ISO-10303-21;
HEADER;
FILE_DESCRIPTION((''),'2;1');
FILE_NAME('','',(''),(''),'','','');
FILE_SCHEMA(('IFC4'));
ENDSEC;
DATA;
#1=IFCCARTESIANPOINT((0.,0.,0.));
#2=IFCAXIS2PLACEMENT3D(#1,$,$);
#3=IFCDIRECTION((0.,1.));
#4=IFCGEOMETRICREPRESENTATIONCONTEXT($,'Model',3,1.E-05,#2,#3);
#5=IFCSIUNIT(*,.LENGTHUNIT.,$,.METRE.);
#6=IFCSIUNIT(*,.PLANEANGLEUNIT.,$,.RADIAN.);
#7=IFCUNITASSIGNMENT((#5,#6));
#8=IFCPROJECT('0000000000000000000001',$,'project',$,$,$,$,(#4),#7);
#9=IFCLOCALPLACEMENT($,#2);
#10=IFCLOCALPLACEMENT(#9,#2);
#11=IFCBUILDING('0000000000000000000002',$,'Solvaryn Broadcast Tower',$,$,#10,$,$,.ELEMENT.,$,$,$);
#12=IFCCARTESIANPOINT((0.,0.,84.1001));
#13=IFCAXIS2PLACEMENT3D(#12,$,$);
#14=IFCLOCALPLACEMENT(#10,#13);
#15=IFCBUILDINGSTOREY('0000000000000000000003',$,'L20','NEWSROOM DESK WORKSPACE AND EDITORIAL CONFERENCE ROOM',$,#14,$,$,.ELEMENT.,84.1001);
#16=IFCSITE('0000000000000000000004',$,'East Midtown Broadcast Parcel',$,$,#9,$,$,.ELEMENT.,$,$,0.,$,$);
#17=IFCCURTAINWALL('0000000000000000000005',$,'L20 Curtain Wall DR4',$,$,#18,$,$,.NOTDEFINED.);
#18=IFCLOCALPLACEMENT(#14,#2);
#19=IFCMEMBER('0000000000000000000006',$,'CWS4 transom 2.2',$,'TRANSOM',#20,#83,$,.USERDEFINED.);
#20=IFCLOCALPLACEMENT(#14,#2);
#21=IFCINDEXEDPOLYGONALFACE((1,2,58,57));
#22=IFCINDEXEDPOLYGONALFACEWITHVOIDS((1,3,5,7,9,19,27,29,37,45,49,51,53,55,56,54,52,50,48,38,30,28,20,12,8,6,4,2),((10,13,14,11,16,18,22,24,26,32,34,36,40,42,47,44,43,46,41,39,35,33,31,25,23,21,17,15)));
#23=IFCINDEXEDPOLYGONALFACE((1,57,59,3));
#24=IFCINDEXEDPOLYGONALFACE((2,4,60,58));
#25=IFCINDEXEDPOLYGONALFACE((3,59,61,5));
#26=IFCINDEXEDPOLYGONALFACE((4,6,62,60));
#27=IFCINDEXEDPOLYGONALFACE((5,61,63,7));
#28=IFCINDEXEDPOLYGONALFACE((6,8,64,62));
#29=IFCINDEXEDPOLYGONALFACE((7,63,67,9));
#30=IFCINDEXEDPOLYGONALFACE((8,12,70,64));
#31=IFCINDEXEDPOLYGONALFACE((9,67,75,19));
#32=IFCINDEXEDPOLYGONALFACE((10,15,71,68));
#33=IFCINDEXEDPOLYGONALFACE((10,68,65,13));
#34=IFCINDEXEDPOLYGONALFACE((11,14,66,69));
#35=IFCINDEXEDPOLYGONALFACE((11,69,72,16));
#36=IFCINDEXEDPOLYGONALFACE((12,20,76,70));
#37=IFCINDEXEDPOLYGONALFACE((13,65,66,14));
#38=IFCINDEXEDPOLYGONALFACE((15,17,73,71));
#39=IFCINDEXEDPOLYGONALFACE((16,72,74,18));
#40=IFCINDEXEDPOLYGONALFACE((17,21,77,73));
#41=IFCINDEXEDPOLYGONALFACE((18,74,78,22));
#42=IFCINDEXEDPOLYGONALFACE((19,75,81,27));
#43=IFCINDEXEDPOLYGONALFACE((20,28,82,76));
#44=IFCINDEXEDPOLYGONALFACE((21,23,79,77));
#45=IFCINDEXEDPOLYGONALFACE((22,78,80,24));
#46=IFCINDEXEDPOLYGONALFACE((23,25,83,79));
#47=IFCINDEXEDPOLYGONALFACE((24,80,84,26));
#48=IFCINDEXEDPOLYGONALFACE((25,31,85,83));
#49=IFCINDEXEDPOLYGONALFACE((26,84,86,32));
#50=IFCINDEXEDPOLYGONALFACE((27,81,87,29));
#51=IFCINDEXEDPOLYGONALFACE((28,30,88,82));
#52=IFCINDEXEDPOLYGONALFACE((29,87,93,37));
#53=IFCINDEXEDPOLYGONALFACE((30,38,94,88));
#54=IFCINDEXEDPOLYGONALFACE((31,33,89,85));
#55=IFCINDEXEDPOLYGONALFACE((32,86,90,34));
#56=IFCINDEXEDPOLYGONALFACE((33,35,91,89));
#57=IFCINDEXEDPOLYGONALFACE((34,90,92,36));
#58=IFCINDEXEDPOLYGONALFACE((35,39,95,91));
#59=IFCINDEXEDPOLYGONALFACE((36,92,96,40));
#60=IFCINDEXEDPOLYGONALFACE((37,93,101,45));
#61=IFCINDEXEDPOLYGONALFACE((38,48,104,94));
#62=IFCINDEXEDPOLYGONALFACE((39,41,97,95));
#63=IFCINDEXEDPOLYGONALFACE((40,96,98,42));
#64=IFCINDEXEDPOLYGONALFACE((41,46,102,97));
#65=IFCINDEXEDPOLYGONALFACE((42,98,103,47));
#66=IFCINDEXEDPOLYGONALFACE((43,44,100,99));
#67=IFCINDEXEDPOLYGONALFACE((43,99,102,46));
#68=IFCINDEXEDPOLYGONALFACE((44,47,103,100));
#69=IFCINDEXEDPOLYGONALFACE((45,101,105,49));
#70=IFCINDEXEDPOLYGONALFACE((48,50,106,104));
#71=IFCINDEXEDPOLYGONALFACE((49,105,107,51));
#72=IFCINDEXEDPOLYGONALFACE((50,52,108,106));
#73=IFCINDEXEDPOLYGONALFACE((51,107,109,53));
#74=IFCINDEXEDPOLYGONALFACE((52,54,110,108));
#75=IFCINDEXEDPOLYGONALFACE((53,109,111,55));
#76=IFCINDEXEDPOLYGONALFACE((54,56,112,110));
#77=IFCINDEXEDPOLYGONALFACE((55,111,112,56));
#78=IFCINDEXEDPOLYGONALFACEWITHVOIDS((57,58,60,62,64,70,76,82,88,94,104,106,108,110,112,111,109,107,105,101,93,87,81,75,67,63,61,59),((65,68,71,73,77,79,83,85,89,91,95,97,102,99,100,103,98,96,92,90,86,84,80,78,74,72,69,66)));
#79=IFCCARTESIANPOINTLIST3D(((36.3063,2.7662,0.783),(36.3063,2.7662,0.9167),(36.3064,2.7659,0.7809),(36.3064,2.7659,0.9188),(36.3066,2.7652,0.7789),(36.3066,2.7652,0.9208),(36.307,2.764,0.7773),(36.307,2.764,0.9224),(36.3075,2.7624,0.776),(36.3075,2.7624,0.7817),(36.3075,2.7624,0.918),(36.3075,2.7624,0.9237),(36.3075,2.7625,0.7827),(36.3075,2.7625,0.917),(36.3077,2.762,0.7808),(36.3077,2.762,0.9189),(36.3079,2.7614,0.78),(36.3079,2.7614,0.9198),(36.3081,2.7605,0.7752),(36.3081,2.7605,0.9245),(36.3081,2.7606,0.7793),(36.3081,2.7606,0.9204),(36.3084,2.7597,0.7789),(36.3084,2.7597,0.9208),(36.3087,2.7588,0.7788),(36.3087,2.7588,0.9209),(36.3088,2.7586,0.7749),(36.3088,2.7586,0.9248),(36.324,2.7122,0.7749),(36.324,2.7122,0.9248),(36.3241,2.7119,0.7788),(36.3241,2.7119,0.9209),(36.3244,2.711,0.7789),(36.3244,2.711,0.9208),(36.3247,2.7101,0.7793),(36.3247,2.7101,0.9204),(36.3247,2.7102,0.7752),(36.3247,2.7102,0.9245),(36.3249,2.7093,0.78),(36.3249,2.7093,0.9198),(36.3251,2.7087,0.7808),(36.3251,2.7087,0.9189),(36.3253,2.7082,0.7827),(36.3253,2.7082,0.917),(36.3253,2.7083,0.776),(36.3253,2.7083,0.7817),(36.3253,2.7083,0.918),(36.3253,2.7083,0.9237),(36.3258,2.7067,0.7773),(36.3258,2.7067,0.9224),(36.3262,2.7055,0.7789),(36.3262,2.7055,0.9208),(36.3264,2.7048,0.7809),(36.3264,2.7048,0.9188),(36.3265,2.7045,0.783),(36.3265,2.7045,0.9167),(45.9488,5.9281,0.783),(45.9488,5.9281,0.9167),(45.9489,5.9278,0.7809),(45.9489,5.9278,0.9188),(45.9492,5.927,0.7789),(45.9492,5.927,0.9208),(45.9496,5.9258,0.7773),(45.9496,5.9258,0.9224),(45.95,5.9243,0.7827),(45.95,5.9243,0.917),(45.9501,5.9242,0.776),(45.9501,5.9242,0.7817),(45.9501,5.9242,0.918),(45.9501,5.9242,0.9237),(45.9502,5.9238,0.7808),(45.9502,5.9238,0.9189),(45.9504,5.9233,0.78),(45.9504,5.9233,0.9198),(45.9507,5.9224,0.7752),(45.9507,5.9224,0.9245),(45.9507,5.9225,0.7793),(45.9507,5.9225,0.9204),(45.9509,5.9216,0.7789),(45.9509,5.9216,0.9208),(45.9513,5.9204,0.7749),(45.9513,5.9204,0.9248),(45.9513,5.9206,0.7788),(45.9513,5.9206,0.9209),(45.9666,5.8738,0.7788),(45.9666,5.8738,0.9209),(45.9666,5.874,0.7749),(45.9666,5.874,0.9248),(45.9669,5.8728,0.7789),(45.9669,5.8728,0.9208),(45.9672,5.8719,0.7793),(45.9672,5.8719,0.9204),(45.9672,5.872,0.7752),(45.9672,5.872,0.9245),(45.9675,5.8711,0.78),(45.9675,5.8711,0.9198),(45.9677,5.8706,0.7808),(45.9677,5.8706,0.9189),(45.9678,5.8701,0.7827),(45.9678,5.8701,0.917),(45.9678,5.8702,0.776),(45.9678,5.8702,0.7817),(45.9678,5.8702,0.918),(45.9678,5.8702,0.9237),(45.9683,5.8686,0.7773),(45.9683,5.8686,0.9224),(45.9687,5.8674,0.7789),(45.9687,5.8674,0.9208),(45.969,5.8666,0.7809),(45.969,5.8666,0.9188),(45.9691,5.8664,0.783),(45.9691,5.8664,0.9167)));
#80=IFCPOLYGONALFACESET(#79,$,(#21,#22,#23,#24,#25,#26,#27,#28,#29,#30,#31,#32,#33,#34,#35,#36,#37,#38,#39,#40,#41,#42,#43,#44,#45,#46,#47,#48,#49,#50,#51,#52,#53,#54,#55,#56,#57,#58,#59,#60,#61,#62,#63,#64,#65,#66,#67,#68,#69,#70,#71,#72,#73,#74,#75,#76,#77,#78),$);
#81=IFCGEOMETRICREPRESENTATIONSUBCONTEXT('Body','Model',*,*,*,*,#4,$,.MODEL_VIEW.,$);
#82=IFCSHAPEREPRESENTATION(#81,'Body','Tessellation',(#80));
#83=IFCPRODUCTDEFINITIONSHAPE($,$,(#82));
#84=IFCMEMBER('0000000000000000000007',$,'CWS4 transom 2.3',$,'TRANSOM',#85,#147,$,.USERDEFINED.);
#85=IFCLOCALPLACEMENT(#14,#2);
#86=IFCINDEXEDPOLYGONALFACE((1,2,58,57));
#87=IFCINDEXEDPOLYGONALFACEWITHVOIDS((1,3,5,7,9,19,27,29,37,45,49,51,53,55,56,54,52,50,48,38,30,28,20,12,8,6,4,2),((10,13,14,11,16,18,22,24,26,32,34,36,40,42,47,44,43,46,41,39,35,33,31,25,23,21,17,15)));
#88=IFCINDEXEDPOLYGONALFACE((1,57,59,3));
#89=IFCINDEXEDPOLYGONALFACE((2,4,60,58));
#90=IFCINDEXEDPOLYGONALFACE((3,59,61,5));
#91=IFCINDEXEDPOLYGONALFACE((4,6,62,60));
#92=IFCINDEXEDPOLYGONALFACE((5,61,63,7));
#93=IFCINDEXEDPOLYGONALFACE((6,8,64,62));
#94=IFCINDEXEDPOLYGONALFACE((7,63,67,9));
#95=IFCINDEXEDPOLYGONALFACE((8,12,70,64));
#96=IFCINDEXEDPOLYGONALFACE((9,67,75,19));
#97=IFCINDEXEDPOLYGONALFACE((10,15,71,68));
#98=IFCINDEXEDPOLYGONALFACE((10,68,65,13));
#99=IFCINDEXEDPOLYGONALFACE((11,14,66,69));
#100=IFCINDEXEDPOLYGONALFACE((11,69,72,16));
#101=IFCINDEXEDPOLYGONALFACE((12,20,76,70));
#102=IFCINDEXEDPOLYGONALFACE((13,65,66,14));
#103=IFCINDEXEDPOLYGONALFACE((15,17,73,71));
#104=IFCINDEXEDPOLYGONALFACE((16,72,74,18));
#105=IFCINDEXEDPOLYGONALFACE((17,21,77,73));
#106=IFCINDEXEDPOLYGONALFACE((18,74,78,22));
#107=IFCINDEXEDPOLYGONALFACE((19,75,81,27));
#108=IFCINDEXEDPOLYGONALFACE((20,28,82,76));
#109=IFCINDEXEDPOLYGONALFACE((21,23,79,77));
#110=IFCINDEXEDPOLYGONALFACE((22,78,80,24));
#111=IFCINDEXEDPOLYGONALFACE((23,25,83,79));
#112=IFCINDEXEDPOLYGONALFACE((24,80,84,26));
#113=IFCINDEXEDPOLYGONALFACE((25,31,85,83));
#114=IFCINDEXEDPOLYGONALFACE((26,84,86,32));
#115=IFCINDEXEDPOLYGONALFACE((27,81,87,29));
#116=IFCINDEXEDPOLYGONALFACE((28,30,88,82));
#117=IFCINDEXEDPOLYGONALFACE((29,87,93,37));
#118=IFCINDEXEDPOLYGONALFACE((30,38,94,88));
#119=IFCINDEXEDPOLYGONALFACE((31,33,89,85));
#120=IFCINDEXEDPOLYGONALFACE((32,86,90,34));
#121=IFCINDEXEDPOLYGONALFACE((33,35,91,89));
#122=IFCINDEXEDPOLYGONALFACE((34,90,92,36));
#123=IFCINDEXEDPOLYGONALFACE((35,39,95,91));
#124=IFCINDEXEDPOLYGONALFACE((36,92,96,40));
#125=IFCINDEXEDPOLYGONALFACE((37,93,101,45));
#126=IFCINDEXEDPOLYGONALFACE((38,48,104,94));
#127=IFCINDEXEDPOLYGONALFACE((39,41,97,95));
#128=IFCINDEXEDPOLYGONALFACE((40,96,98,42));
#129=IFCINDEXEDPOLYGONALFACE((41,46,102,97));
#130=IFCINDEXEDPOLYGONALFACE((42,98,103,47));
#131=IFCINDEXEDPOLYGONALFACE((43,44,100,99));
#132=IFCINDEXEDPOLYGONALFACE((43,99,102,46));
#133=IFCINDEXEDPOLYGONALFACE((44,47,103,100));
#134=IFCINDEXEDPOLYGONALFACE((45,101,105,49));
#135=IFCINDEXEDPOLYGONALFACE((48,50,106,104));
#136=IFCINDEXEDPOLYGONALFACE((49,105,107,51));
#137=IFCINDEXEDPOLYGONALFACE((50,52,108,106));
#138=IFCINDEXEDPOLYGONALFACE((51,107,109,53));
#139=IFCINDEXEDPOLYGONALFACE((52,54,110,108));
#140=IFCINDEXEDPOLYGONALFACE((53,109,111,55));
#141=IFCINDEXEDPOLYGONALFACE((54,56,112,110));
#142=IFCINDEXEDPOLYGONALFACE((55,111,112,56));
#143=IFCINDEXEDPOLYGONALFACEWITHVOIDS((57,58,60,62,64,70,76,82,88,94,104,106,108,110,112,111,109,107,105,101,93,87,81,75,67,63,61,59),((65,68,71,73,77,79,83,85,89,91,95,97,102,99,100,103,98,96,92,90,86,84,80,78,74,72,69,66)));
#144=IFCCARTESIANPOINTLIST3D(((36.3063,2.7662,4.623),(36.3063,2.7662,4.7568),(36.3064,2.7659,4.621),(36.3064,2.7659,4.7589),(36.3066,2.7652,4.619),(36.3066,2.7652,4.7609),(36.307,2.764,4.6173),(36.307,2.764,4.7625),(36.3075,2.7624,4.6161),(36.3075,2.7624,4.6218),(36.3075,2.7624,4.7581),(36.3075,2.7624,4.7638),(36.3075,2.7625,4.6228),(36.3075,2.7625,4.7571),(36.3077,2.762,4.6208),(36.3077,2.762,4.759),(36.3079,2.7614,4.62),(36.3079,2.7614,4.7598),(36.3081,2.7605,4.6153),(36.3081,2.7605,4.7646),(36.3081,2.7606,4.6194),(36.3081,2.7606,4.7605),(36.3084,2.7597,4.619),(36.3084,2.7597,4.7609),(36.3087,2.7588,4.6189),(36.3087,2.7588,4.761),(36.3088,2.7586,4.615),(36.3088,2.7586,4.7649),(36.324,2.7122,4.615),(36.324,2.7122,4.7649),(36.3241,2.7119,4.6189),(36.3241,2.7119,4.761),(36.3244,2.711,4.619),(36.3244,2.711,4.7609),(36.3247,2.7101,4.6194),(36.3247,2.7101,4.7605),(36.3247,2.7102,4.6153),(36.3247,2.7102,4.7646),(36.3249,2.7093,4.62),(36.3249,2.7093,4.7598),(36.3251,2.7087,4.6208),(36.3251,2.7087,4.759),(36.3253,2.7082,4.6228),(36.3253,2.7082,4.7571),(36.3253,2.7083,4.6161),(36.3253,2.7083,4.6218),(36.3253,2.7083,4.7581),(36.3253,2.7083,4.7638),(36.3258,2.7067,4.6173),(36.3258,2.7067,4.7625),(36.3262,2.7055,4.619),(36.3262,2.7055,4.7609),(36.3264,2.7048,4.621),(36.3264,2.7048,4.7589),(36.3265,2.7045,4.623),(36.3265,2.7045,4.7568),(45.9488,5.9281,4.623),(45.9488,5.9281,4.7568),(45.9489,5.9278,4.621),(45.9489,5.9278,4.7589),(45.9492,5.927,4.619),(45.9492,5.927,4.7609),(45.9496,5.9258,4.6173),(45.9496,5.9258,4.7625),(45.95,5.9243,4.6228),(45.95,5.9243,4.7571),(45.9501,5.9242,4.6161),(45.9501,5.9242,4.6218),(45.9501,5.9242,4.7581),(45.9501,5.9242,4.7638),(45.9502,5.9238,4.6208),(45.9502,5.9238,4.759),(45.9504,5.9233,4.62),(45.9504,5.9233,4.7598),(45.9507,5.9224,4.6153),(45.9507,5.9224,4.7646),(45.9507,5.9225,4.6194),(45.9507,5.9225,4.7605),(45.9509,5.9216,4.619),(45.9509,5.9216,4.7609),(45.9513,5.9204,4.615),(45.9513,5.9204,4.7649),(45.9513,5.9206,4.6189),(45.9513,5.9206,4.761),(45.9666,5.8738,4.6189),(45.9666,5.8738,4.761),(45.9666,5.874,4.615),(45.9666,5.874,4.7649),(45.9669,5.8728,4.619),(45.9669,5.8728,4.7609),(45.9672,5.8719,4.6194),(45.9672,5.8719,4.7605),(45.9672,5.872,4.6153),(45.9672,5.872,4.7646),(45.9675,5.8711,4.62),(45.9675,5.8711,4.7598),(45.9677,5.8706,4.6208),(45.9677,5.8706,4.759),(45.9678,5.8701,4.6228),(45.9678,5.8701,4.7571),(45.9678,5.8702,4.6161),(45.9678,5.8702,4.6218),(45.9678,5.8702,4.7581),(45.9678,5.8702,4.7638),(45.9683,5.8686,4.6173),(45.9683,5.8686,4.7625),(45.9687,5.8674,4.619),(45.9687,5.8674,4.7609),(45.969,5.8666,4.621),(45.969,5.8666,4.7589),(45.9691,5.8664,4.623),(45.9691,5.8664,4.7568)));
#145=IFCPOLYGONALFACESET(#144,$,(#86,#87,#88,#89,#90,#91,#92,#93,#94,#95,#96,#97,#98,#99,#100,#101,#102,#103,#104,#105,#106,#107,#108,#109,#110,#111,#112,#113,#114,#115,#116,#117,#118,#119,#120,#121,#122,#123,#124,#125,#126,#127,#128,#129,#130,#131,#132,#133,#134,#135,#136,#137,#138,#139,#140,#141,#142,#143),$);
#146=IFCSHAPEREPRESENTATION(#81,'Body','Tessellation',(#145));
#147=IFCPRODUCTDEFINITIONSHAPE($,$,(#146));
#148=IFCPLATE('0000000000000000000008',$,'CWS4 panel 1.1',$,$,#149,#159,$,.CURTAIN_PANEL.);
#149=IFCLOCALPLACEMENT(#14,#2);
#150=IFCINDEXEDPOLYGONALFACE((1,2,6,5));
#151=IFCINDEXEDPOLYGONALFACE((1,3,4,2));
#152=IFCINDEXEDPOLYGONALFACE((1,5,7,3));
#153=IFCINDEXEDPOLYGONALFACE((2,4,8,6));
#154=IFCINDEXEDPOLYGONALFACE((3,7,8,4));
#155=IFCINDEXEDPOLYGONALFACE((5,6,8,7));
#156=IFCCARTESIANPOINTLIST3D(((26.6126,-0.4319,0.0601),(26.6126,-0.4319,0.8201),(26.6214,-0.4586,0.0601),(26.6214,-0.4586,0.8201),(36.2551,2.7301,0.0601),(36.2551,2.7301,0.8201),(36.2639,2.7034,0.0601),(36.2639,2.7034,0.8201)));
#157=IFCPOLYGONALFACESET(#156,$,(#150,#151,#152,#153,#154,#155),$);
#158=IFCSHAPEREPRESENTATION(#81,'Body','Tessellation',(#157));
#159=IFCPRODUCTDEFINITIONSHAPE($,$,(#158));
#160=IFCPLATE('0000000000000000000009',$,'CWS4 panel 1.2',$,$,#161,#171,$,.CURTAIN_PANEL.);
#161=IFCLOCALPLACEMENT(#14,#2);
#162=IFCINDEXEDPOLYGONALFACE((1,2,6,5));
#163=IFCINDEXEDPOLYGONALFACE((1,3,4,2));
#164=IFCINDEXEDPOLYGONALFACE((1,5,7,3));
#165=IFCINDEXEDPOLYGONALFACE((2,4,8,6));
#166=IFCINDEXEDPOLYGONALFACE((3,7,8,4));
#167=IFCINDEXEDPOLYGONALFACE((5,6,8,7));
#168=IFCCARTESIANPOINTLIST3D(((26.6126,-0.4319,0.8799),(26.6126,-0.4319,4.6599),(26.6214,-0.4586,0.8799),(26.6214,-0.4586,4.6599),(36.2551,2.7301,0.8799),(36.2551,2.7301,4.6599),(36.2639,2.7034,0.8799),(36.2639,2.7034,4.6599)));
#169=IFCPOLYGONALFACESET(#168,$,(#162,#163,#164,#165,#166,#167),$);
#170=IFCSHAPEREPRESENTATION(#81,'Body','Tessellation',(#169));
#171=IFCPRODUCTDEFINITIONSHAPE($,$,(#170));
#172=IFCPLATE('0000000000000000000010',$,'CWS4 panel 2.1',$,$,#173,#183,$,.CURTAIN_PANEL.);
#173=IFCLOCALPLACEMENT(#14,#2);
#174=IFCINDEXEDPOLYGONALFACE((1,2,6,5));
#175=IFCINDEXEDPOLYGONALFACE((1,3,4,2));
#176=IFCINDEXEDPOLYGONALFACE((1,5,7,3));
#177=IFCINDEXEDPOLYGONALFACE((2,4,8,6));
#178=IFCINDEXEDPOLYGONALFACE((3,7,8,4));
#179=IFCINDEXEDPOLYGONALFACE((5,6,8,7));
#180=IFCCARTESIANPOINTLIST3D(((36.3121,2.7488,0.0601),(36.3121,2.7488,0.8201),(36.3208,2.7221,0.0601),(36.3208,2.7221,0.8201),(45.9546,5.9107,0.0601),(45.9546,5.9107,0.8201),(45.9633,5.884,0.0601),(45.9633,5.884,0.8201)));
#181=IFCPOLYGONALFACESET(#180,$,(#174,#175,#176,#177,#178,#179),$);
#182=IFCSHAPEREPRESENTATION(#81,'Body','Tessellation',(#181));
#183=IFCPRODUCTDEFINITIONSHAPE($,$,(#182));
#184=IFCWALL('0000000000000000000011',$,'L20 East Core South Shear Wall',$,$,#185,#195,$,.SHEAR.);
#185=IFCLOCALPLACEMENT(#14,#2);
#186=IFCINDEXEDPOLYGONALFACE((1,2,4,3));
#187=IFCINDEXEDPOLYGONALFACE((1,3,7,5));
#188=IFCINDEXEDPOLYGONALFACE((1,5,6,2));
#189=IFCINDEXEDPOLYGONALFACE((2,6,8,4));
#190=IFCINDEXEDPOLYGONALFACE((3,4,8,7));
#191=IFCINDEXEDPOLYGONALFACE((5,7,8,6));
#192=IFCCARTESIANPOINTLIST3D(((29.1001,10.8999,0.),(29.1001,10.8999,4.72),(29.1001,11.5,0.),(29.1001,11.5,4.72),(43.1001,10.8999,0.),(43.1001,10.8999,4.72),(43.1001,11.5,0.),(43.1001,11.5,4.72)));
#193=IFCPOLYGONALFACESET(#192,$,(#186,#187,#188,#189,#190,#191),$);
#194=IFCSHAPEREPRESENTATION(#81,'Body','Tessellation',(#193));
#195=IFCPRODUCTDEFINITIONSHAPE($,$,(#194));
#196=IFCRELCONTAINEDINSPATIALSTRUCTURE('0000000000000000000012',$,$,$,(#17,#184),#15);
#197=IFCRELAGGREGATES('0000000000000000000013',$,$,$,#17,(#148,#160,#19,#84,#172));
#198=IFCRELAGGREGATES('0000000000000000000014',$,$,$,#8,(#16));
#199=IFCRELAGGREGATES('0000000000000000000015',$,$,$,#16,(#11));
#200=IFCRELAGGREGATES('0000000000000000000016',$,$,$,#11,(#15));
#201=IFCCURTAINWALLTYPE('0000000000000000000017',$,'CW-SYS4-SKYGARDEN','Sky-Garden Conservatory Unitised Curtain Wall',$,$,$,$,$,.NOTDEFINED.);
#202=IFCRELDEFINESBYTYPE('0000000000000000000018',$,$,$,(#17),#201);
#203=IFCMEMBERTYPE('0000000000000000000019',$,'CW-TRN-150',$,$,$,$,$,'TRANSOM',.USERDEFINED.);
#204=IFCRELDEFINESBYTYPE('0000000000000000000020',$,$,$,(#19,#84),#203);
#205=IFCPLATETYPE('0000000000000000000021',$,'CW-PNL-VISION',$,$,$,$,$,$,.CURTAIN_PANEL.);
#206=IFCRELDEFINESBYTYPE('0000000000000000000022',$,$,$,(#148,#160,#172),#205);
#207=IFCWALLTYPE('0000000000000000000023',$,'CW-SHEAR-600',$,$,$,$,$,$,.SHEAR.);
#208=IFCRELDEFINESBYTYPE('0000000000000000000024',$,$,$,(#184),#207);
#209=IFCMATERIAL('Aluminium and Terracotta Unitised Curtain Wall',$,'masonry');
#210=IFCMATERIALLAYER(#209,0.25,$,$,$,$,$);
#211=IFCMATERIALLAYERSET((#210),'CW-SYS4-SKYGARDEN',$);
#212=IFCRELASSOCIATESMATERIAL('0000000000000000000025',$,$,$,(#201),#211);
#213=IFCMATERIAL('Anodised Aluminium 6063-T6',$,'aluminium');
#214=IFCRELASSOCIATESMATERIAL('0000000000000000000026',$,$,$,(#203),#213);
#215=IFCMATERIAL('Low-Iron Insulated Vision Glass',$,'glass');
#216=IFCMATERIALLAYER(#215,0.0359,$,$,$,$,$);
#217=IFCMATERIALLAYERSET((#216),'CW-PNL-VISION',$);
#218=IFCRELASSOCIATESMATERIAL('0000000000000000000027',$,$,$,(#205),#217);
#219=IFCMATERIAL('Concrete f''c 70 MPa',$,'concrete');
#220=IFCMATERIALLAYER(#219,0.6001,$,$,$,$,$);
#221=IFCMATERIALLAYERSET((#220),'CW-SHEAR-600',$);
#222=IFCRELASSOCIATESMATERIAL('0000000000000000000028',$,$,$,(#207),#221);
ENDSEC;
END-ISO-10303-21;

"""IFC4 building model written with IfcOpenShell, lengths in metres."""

from ifc_helpers import new_model, si_unit, direction, frame, frame_2d, origin, origin_2d, place, context, subcontext, project, spatial, rectangle, hollow_rectangle, extrude, material, layer, layer_set, material_profile, profile_set, type_object, element, aggregate, save


model = new_model("IFC4")

# Units and contexts
model_context = context("Model", 3, precision=1e-05, world=origin(), true_north=direction((0.0, 1.0)))
body_context = subcontext(model_context, "Body", "Model", "MODEL_VIEW")
ifc_project = project(units=[si_unit("LENGTHUNIT", "METRE"), si_unit("PLANEANGLEUNIT", "RADIAN")], contexts=[model_context])

# Site, building, storey
site_placement = place(None, origin())
site = spatial("IfcSite", under=ifc_project, at=site_placement, Name="East Midtown Broadcast Parcel", CompositionType="ELEMENT", RefElevation=0.0)
building_placement = place(site_placement, origin())
building = spatial("IfcBuilding", under=site, at=building_placement, Name="Solvaryn Broadcast Tower", CompositionType="ELEMENT")
storey_placement = place(building_placement, frame((0.0, 0.0, 84.1001)))
storey = spatial("IfcBuildingStorey", under=building, at=storey_placement, Name="L20", Description="NEWSROOM DESK WORKSPACE AND EDITORIAL CONFERENCE ROOM", CompositionType="ELEMENT", Elevation=84.1001)

# Curtain wall, members, plates
ifc_material_1 = material(Name="Aluminium and Terracotta Unitised Curtain Wall", Category="masonry")
ifc_layer_1 = layer(ifc_material_1, 0.25)
ifc_layer_set_1 = layer_set([ifc_layer_1], Name="CW-SYS4-SKYGARDEN")
curtain_wall_type = type_object("IfcCurtainWallType", Name="CW-SYS4-SKYGARDEN", Description="Sky-Garden Conservatory Unitised Curtain Wall", PredefinedType="NOTDEFINED", material=ifc_layer_set_1)
curtain_wall_placement = place(storey_placement, origin())
curtain_wall = element("IfcCurtainWall", 1, at=curtain_wall_placement, inside=storey, type_object=curtain_wall_type, Name="L20 Curtain Wall DR4", PredefinedType="NOTDEFINED")
ifc_material_2 = material(Name="Anodised Aluminium 6063-T6", Category="aluminium")
ifc_material_profile_1 = material_profile(ifc_material_2, hollow_rectangle(XDim=0.0649, YDim=0.1499, WallThickness=0.0039, InnerFilletRadius=0.0039, OuterFilletRadius=0.0081, at=origin_2d()))
ifc_profile_set_1 = profile_set([ifc_material_profile_1], Name="Anodised Aluminium 6063-T6")
member_type_1 = type_object("IfcMemberType", Name="CW-TRN-150", ElementType="TRANSOM", PredefinedType="USERDEFINED", material=ifc_profile_set_1)
member_1_placement = place(storey_placement, frame((36.3164, 2.7354, 0.8499), z_axis=(0.950219, 0.311583, 0.0), x_axis=(-0.311583, 0.950219, 0.0)))
member_1 = element("IfcMember", 2, at=member_1_placement, type_object=member_type_1, Name="CWS4 transom 2.2", ObjectType="TRANSOM", PredefinedType="USERDEFINED", context=body_context, shape_type="SweptSolid", body=[
    extrude(hollow_rectangle(XDim=0.0649, YDim=0.1499, WallThickness=0.0039, InnerFilletRadius=0.0039, OuterFilletRadius=0.0081, at=origin_2d()), origin(), (0.0, 0.0, 1.0), 10.1477),
])
member_2_placement = place(storey_placement, frame((36.3164, 2.7354, 4.6899), z_axis=(0.950219, 0.311583, 0.0), x_axis=(-0.311583, 0.950219, 0.0)))
member_2 = element("IfcMember", 3, at=member_2_placement, type_object=member_type_1, Name="CWS4 transom 2.3", ObjectType="TRANSOM", PredefinedType="USERDEFINED", context=body_context, shape_type="SweptSolid", body=[
    extrude(hollow_rectangle(XDim=0.0649, YDim=0.1499, WallThickness=0.0039, InnerFilletRadius=0.0039, OuterFilletRadius=0.0081, at=origin_2d()), origin(), (0.0, 0.0, 1.0), 10.1477),
])
ifc_material_3 = material(Name="Low-Iron Insulated Vision Glass", Category="glass")
ifc_layer_2 = layer(ifc_material_3, 0.0359)
ifc_layer_set_2 = layer_set([ifc_layer_2], Name="CW-PNL-VISION")
plate_type = type_object("IfcPlateType", Name="CW-PNL-VISION", PredefinedType="CURTAIN_PANEL", material=ifc_layer_set_2)
plate_1_placement = place(storey_placement, frame((31.4382, 1.1357, 0.0601), z_axis=(0.0, 0.0, 1.0), x_axis=(0.950215, 0.311594, 0.0)))
plate_1 = element("IfcPlate", 4, at=plate_1_placement, type_object=plate_type, Name="CWS4 panel 1.1", PredefinedType="CURTAIN_PANEL", context=body_context, shape_type="SweptSolid", body=[
    extrude(rectangle(XDim=10.1477, YDim=0.0281, at=origin_2d()), origin(), (0.0, 0.0, 1.0), 0.76),
])
plate_2_placement = place(storey_placement, frame((31.4382, 1.1357, 0.8799), z_axis=(0.0, 0.0, 1.0), x_axis=(0.950215, 0.311594, 0.0)))
plate_2 = element("IfcPlate", 5, at=plate_2_placement, type_object=plate_type, Name="CWS4 panel 1.2", PredefinedType="CURTAIN_PANEL", context=body_context, shape_type="SweptSolid", body=[
    extrude(rectangle(XDim=10.1477, YDim=0.0281, at=origin_2d()), origin(), (0.0, 0.0, 1.0), 3.78),
])
plate_3_placement = place(storey_placement, frame((41.1377, 4.3164, 0.0601), z_axis=(0.0, 0.0, 1.0), x_axis=(0.950215, 0.311594, 0.0)))
plate_3 = element("IfcPlate", 6, at=plate_3_placement, type_object=plate_type, Name="CWS4 panel 2.1", PredefinedType="CURTAIN_PANEL", context=body_context, shape_type="SweptSolid", body=[
    extrude(rectangle(XDim=10.1477, YDim=0.0281, at=origin_2d()), origin(), (0.0, 0.0, 1.0), 0.76),
])
aggregate(curtain_wall, [plate_1, plate_2, member_1, member_2, plate_3])

# Wall
ifc_material_4 = material(Name="Concrete f'c 70 MPa", Category="concrete")
ifc_layer_3 = layer(ifc_material_4, 0.6001)
ifc_layer_set_3 = layer_set([ifc_layer_3], Name="CW-SHEAR-600")
wall_type_1 = type_object("IfcWallType", Name="CW-SHEAR-600", PredefinedType="SHEAR", material=ifc_layer_set_3)
wall_1_placement = place(storey_placement, frame((29.1001, 11.2, 0.0), z_axis=(0.0, 0.0, 1.0), x_axis=(1.0, 0.0, 0.0)))
element("IfcWall", 7, at=wall_1_placement, inside=storey, type_object=wall_type_1, Name="L20 East Core South Shear Wall", PredefinedType="SHEAR", context=body_context, shape_type="SweptSolid", body=[
    extrude(rectangle(XDim=14.0, YDim=0.6001, at=frame_2d((7.0, 0.0))), origin(), (0.0, 0.0, 1.0), 4.72),
])

save(model, "model.ifc")
